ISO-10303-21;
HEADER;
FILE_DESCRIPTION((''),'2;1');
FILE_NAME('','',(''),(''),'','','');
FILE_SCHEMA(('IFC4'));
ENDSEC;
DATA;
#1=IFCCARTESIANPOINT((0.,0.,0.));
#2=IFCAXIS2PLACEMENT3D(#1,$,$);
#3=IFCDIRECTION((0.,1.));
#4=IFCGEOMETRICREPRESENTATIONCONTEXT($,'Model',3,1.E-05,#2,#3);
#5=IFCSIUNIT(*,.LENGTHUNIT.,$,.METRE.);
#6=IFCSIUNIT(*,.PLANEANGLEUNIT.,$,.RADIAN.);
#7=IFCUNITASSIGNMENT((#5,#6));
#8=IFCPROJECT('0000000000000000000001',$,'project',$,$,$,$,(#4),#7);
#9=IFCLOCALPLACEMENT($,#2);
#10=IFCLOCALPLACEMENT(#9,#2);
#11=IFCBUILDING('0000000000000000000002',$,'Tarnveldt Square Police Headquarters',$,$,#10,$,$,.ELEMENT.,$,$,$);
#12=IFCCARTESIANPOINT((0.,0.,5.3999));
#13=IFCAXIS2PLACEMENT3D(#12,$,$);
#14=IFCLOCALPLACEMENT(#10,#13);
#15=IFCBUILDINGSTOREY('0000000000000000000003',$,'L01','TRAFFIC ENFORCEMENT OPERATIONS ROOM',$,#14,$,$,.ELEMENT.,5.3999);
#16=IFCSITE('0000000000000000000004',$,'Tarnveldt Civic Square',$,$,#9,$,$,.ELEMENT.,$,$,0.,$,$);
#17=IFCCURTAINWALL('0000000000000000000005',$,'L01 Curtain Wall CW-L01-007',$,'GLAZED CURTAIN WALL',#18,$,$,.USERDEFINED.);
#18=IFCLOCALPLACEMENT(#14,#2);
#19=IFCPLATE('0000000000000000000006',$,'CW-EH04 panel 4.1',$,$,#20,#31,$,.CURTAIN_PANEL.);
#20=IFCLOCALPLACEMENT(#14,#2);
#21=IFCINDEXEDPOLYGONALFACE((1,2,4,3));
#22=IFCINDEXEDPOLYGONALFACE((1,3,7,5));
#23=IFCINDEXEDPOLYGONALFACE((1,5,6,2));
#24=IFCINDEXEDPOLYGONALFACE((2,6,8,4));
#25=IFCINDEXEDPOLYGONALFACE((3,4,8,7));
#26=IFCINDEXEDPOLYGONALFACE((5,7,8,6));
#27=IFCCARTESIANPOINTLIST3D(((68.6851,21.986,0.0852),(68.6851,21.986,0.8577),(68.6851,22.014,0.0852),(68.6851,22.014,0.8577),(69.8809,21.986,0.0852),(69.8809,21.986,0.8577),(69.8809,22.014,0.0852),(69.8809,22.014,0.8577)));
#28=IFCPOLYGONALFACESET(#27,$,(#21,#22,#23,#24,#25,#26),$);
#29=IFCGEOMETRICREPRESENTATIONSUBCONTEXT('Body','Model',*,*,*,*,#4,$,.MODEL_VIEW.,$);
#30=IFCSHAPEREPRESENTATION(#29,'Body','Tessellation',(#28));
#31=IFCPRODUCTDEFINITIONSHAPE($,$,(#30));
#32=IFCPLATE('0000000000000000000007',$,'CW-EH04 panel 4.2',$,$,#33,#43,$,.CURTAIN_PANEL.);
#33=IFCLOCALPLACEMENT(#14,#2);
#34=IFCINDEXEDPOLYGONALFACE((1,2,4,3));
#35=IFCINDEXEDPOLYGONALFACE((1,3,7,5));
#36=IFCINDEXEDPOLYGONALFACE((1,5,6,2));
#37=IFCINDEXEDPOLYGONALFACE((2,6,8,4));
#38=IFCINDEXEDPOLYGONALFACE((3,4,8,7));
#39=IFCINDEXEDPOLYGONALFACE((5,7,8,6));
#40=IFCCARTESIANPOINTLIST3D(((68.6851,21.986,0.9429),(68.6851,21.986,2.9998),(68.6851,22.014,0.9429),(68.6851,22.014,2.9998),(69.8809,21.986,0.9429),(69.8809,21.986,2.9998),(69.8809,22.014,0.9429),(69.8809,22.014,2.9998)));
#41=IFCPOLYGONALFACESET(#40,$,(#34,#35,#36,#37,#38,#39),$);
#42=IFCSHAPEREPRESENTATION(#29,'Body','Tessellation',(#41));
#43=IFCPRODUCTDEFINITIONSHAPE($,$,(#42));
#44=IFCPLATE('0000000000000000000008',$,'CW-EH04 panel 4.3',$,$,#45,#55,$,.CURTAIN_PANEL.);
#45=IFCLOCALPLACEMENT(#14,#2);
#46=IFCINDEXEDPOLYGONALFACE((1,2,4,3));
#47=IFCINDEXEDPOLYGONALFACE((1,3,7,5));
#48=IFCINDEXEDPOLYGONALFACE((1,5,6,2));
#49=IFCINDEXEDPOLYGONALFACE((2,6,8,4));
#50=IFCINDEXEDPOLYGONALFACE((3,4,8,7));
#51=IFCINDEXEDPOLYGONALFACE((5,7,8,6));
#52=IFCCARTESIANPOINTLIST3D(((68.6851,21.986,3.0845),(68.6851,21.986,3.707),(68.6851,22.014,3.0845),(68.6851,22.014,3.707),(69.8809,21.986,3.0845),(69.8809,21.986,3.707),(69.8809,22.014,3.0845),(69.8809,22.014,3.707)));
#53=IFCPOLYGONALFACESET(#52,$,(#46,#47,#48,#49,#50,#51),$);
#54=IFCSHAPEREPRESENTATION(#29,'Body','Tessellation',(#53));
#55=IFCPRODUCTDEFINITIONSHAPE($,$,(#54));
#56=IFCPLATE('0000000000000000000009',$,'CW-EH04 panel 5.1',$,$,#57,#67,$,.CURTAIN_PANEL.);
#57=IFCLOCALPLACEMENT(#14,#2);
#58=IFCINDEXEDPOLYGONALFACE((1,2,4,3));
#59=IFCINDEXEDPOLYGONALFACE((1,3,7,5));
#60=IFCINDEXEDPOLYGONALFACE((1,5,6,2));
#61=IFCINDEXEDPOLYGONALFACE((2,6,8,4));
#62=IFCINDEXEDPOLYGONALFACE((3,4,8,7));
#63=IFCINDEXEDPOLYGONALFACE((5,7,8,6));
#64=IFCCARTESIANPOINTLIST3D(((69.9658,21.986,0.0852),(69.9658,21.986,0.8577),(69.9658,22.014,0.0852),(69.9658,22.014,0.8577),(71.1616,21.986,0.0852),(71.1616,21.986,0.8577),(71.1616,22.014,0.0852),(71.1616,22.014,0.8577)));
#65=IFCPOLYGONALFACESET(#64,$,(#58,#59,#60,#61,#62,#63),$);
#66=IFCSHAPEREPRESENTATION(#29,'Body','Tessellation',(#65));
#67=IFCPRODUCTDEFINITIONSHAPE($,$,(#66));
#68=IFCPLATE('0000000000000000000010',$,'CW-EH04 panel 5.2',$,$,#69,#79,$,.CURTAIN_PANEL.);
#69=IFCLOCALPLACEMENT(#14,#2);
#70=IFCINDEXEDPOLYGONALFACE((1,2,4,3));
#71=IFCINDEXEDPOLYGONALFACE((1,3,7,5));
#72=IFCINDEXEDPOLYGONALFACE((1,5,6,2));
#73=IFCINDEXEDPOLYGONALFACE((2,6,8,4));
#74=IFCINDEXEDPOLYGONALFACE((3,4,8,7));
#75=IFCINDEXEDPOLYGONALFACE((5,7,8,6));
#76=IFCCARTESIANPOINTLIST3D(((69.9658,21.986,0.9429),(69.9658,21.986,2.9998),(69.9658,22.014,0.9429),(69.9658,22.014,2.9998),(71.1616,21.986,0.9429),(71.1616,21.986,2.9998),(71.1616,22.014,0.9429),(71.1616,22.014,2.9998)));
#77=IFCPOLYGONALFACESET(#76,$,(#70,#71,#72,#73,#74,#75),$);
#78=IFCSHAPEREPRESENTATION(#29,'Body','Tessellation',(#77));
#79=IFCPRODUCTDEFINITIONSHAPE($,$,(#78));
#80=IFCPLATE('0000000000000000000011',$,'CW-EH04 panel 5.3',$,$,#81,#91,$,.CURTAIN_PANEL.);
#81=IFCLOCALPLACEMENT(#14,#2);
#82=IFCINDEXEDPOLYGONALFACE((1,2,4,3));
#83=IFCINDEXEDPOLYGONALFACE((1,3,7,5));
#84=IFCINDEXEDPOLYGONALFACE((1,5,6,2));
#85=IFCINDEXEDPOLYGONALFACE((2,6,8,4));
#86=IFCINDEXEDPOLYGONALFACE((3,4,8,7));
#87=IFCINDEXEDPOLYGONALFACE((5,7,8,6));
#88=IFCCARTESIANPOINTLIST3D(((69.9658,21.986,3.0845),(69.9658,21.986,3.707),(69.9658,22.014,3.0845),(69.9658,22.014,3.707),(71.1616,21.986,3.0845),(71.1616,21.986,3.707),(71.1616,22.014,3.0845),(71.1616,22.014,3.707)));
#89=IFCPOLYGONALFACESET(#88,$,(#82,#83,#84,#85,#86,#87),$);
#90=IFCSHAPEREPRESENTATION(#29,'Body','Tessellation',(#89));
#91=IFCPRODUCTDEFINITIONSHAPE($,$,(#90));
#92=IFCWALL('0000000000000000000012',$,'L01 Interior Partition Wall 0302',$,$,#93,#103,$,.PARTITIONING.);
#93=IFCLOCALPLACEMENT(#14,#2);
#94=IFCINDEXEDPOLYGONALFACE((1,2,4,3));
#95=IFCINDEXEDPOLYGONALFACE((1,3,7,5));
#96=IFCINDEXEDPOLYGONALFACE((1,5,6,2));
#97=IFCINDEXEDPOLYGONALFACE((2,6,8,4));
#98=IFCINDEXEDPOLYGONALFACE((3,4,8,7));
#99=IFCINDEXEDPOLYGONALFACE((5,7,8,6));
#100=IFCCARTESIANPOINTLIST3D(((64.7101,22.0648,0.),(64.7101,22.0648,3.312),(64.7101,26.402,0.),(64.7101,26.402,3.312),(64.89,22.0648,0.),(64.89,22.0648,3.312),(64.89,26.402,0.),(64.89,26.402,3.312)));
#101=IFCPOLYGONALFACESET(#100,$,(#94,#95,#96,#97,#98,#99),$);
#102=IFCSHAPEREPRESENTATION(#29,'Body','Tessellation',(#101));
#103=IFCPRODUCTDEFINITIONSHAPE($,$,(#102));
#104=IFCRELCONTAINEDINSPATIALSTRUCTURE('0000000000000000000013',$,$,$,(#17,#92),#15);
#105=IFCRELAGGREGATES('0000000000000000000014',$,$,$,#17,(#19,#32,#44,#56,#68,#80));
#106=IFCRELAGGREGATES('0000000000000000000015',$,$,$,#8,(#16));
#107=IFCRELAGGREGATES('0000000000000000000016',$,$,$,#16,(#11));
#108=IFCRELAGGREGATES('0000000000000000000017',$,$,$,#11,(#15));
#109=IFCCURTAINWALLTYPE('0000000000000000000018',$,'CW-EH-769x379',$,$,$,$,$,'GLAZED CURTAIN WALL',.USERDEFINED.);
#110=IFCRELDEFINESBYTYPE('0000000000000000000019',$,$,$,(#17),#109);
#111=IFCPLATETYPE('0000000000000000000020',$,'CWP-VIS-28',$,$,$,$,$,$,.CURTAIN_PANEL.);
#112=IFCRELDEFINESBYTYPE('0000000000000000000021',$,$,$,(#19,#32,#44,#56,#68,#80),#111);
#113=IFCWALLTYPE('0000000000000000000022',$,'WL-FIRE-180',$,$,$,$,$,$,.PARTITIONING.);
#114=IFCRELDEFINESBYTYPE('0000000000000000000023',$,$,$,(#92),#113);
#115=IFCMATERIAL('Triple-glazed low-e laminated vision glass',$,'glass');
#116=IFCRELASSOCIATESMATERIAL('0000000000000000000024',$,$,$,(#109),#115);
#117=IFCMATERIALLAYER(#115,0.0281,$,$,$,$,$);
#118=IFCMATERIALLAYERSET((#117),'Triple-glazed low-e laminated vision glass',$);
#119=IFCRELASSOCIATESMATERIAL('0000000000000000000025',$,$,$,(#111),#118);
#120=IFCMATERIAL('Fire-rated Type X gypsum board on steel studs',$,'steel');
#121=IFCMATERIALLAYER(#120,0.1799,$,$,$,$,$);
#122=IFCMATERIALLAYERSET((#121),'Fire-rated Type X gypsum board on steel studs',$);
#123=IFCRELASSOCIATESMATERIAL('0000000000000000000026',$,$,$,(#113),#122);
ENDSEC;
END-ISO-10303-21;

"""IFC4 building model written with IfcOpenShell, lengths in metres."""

from ifc_helpers import new_model, si_unit, direction, frame, frame_2d, origin, origin_2d, place, context, subcontext, project, spatial, rectangle, extrude, material, layer, layer_set, type_object, element, aggregate, save


model = new_model("IFC4")

# Units and contexts
model_context = context("Model", 3, precision=1e-05, world=origin(), true_north=direction((0.0, 1.0)))
body_context = subcontext(model_context, "Body", "Model", "MODEL_VIEW")
ifc_project = project(units=[si_unit("LENGTHUNIT", "METRE"), si_unit("PLANEANGLEUNIT", "RADIAN")], contexts=[model_context])

# Site, building, storey
site_placement = place(None, origin())
site = spatial("IfcSite", under=ifc_project, at=site_placement, Name="Tarnveldt Civic Square", CompositionType="ELEMENT", RefElevation=0.0)
building_placement = place(site_placement, origin())
building = spatial("IfcBuilding", under=site, at=building_placement, Name="Tarnveldt Square Police Headquarters", CompositionType="ELEMENT")
storey_placement = place(building_placement, frame((0.0, 0.0, 5.3999)))
storey = spatial("IfcBuildingStorey", under=building, at=storey_placement, Name="L01", Description="TRAFFIC ENFORCEMENT OPERATIONS ROOM", CompositionType="ELEMENT", Elevation=5.3999)

# Curtain wall, plates
ifc_material_1 = material(Name="Triple-glazed low-e laminated vision glass", Category="glass")
curtain_wall_type = type_object("IfcCurtainWallType", Name="CW-EH-769x379", ElementType="GLAZED CURTAIN WALL", PredefinedType="USERDEFINED", material=ifc_material_1)
curtain_wall_placement = place(storey_placement, origin())
curtain_wall = element("IfcCurtainWall", 1, at=curtain_wall_placement, inside=storey, type_object=curtain_wall_type, Name="L01 Curtain Wall CW-L01-007", ObjectType="GLAZED CURTAIN WALL", PredefinedType="USERDEFINED")
ifc_layer_1 = layer(ifc_material_1, 0.0281)
ifc_layer_set_1 = layer_set([ifc_layer_1], Name="Triple-glazed low-e laminated vision glass")
plate_type = type_object("IfcPlateType", Name="CWP-VIS-28", PredefinedType="CURTAIN_PANEL", material=ifc_layer_set_1)
plate_1_placement = place(storey_placement, frame((69.283, 22.0, 0.0852), z_axis=(0.0, 0.0, 1.0), x_axis=(1.0, 0.0, 0.0)))
plate_1 = element("IfcPlate", 2, at=plate_1_placement, type_object=plate_type, Name="CW-EH04 panel 4.1", PredefinedType="CURTAIN_PANEL", context=body_context, shape_type="SweptSolid", body=[
    extrude(rectangle(XDim=1.1958, YDim=0.0281, at=origin_2d()), origin(), (0.0, 0.0, 1.0), 0.7725),
])
plate_2_placement = place(storey_placement, frame((69.283, 22.0, 0.9429), z_axis=(0.0, 0.0, 1.0), x_axis=(1.0, 0.0, 0.0)))
plate_2 = element("IfcPlate", 3, at=plate_2_placement, type_object=plate_type, Name="CW-EH04 panel 4.2", PredefinedType="CURTAIN_PANEL", context=body_context, shape_type="SweptSolid", body=[
    extrude(rectangle(XDim=1.1958, YDim=0.0281, at=origin_2d()), origin(), (0.0, 0.0, 1.0), 2.0569),
])
plate_3_placement = place(storey_placement, frame((69.283, 22.0, 3.0845), z_axis=(0.0, 0.0, 1.0), x_axis=(1.0, 0.0, 0.0)))
plate_3 = element("IfcPlate", 4, at=plate_3_placement, type_object=plate_type, Name="CW-EH04 panel 4.3", PredefinedType="CURTAIN_PANEL", context=body_context, shape_type="SweptSolid", body=[
    extrude(rectangle(XDim=1.1958, YDim=0.0281, at=origin_2d()), origin(), (0.0, 0.0, 1.0), 0.6226),
])
plate_4_placement = place(storey_placement, frame((70.5637, 22.0, 0.0852), z_axis=(0.0, 0.0, 1.0), x_axis=(1.0, 0.0, 0.0)))
plate_4 = element("IfcPlate", 5, at=plate_4_placement, type_object=plate_type, Name="CW-EH04 panel 5.1", PredefinedType="CURTAIN_PANEL", context=body_context, shape_type="SweptSolid", body=[
    extrude(rectangle(XDim=1.1958, YDim=0.0281, at=origin_2d()), origin(), (0.0, 0.0, 1.0), 0.7725),
])
plate_5_placement = place(storey_placement, frame((70.5637, 22.0, 0.9429), z_axis=(0.0, 0.0, 1.0), x_axis=(1.0, 0.0, 0.0)))
plate_5 = element("IfcPlate", 6, at=plate_5_placement, type_object=plate_type, Name="CW-EH04 panel 5.2", PredefinedType="CURTAIN_PANEL", context=body_context, shape_type="SweptSolid", body=[
    extrude(rectangle(XDim=1.1958, YDim=0.0281, at=origin_2d()), origin(), (0.0, 0.0, 1.0), 2.0569),
])
plate_6_placement = place(storey_placement, frame((70.5637, 22.0, 3.0845), z_axis=(0.0, 0.0, 1.0), x_axis=(1.0, 0.0, 0.0)))
plate_6 = element("IfcPlate", 7, at=plate_6_placement, type_object=plate_type, Name="CW-EH04 panel 5.3", PredefinedType="CURTAIN_PANEL", context=body_context, shape_type="SweptSolid", body=[
    extrude(rectangle(XDim=1.1958, YDim=0.0281, at=origin_2d()), origin(), (0.0, 0.0, 1.0), 0.6226),
])
aggregate(curtain_wall, [plate_1, plate_2, plate_3, plate_4, plate_5, plate_6])

# Wall
ifc_material_2 = material(Name="Fire-rated Type X gypsum board on steel studs", Category="steel")
ifc_layer_2 = layer(ifc_material_2, 0.1799)
ifc_layer_set_2 = layer_set([ifc_layer_2], Name="Fire-rated Type X gypsum board on steel studs")
wall_type = type_object("IfcWallType", Name="WL-FIRE-180", PredefinedType="PARTITIONING", material=ifc_layer_set_2)
wall_placement = place(storey_placement, frame((64.8, 22.0649, 0.0), z_axis=(0.0, 0.0, 1.0), x_axis=(0.0, 1.0, 0.0)))
element("IfcWall", 8, at=wall_placement, inside=storey, type_object=wall_type, Name="L01 Interior Partition Wall 0302", PredefinedType="PARTITIONING", context=body_context, shape_type="SweptSolid", body=[
    extrude(rectangle(XDim=4.3372, YDim=0.1799, at=frame_2d((2.1685, 0.0))), origin(), (0.0, 0.0, 1.0), 3.312),
])

save(model, "model.ifc")
